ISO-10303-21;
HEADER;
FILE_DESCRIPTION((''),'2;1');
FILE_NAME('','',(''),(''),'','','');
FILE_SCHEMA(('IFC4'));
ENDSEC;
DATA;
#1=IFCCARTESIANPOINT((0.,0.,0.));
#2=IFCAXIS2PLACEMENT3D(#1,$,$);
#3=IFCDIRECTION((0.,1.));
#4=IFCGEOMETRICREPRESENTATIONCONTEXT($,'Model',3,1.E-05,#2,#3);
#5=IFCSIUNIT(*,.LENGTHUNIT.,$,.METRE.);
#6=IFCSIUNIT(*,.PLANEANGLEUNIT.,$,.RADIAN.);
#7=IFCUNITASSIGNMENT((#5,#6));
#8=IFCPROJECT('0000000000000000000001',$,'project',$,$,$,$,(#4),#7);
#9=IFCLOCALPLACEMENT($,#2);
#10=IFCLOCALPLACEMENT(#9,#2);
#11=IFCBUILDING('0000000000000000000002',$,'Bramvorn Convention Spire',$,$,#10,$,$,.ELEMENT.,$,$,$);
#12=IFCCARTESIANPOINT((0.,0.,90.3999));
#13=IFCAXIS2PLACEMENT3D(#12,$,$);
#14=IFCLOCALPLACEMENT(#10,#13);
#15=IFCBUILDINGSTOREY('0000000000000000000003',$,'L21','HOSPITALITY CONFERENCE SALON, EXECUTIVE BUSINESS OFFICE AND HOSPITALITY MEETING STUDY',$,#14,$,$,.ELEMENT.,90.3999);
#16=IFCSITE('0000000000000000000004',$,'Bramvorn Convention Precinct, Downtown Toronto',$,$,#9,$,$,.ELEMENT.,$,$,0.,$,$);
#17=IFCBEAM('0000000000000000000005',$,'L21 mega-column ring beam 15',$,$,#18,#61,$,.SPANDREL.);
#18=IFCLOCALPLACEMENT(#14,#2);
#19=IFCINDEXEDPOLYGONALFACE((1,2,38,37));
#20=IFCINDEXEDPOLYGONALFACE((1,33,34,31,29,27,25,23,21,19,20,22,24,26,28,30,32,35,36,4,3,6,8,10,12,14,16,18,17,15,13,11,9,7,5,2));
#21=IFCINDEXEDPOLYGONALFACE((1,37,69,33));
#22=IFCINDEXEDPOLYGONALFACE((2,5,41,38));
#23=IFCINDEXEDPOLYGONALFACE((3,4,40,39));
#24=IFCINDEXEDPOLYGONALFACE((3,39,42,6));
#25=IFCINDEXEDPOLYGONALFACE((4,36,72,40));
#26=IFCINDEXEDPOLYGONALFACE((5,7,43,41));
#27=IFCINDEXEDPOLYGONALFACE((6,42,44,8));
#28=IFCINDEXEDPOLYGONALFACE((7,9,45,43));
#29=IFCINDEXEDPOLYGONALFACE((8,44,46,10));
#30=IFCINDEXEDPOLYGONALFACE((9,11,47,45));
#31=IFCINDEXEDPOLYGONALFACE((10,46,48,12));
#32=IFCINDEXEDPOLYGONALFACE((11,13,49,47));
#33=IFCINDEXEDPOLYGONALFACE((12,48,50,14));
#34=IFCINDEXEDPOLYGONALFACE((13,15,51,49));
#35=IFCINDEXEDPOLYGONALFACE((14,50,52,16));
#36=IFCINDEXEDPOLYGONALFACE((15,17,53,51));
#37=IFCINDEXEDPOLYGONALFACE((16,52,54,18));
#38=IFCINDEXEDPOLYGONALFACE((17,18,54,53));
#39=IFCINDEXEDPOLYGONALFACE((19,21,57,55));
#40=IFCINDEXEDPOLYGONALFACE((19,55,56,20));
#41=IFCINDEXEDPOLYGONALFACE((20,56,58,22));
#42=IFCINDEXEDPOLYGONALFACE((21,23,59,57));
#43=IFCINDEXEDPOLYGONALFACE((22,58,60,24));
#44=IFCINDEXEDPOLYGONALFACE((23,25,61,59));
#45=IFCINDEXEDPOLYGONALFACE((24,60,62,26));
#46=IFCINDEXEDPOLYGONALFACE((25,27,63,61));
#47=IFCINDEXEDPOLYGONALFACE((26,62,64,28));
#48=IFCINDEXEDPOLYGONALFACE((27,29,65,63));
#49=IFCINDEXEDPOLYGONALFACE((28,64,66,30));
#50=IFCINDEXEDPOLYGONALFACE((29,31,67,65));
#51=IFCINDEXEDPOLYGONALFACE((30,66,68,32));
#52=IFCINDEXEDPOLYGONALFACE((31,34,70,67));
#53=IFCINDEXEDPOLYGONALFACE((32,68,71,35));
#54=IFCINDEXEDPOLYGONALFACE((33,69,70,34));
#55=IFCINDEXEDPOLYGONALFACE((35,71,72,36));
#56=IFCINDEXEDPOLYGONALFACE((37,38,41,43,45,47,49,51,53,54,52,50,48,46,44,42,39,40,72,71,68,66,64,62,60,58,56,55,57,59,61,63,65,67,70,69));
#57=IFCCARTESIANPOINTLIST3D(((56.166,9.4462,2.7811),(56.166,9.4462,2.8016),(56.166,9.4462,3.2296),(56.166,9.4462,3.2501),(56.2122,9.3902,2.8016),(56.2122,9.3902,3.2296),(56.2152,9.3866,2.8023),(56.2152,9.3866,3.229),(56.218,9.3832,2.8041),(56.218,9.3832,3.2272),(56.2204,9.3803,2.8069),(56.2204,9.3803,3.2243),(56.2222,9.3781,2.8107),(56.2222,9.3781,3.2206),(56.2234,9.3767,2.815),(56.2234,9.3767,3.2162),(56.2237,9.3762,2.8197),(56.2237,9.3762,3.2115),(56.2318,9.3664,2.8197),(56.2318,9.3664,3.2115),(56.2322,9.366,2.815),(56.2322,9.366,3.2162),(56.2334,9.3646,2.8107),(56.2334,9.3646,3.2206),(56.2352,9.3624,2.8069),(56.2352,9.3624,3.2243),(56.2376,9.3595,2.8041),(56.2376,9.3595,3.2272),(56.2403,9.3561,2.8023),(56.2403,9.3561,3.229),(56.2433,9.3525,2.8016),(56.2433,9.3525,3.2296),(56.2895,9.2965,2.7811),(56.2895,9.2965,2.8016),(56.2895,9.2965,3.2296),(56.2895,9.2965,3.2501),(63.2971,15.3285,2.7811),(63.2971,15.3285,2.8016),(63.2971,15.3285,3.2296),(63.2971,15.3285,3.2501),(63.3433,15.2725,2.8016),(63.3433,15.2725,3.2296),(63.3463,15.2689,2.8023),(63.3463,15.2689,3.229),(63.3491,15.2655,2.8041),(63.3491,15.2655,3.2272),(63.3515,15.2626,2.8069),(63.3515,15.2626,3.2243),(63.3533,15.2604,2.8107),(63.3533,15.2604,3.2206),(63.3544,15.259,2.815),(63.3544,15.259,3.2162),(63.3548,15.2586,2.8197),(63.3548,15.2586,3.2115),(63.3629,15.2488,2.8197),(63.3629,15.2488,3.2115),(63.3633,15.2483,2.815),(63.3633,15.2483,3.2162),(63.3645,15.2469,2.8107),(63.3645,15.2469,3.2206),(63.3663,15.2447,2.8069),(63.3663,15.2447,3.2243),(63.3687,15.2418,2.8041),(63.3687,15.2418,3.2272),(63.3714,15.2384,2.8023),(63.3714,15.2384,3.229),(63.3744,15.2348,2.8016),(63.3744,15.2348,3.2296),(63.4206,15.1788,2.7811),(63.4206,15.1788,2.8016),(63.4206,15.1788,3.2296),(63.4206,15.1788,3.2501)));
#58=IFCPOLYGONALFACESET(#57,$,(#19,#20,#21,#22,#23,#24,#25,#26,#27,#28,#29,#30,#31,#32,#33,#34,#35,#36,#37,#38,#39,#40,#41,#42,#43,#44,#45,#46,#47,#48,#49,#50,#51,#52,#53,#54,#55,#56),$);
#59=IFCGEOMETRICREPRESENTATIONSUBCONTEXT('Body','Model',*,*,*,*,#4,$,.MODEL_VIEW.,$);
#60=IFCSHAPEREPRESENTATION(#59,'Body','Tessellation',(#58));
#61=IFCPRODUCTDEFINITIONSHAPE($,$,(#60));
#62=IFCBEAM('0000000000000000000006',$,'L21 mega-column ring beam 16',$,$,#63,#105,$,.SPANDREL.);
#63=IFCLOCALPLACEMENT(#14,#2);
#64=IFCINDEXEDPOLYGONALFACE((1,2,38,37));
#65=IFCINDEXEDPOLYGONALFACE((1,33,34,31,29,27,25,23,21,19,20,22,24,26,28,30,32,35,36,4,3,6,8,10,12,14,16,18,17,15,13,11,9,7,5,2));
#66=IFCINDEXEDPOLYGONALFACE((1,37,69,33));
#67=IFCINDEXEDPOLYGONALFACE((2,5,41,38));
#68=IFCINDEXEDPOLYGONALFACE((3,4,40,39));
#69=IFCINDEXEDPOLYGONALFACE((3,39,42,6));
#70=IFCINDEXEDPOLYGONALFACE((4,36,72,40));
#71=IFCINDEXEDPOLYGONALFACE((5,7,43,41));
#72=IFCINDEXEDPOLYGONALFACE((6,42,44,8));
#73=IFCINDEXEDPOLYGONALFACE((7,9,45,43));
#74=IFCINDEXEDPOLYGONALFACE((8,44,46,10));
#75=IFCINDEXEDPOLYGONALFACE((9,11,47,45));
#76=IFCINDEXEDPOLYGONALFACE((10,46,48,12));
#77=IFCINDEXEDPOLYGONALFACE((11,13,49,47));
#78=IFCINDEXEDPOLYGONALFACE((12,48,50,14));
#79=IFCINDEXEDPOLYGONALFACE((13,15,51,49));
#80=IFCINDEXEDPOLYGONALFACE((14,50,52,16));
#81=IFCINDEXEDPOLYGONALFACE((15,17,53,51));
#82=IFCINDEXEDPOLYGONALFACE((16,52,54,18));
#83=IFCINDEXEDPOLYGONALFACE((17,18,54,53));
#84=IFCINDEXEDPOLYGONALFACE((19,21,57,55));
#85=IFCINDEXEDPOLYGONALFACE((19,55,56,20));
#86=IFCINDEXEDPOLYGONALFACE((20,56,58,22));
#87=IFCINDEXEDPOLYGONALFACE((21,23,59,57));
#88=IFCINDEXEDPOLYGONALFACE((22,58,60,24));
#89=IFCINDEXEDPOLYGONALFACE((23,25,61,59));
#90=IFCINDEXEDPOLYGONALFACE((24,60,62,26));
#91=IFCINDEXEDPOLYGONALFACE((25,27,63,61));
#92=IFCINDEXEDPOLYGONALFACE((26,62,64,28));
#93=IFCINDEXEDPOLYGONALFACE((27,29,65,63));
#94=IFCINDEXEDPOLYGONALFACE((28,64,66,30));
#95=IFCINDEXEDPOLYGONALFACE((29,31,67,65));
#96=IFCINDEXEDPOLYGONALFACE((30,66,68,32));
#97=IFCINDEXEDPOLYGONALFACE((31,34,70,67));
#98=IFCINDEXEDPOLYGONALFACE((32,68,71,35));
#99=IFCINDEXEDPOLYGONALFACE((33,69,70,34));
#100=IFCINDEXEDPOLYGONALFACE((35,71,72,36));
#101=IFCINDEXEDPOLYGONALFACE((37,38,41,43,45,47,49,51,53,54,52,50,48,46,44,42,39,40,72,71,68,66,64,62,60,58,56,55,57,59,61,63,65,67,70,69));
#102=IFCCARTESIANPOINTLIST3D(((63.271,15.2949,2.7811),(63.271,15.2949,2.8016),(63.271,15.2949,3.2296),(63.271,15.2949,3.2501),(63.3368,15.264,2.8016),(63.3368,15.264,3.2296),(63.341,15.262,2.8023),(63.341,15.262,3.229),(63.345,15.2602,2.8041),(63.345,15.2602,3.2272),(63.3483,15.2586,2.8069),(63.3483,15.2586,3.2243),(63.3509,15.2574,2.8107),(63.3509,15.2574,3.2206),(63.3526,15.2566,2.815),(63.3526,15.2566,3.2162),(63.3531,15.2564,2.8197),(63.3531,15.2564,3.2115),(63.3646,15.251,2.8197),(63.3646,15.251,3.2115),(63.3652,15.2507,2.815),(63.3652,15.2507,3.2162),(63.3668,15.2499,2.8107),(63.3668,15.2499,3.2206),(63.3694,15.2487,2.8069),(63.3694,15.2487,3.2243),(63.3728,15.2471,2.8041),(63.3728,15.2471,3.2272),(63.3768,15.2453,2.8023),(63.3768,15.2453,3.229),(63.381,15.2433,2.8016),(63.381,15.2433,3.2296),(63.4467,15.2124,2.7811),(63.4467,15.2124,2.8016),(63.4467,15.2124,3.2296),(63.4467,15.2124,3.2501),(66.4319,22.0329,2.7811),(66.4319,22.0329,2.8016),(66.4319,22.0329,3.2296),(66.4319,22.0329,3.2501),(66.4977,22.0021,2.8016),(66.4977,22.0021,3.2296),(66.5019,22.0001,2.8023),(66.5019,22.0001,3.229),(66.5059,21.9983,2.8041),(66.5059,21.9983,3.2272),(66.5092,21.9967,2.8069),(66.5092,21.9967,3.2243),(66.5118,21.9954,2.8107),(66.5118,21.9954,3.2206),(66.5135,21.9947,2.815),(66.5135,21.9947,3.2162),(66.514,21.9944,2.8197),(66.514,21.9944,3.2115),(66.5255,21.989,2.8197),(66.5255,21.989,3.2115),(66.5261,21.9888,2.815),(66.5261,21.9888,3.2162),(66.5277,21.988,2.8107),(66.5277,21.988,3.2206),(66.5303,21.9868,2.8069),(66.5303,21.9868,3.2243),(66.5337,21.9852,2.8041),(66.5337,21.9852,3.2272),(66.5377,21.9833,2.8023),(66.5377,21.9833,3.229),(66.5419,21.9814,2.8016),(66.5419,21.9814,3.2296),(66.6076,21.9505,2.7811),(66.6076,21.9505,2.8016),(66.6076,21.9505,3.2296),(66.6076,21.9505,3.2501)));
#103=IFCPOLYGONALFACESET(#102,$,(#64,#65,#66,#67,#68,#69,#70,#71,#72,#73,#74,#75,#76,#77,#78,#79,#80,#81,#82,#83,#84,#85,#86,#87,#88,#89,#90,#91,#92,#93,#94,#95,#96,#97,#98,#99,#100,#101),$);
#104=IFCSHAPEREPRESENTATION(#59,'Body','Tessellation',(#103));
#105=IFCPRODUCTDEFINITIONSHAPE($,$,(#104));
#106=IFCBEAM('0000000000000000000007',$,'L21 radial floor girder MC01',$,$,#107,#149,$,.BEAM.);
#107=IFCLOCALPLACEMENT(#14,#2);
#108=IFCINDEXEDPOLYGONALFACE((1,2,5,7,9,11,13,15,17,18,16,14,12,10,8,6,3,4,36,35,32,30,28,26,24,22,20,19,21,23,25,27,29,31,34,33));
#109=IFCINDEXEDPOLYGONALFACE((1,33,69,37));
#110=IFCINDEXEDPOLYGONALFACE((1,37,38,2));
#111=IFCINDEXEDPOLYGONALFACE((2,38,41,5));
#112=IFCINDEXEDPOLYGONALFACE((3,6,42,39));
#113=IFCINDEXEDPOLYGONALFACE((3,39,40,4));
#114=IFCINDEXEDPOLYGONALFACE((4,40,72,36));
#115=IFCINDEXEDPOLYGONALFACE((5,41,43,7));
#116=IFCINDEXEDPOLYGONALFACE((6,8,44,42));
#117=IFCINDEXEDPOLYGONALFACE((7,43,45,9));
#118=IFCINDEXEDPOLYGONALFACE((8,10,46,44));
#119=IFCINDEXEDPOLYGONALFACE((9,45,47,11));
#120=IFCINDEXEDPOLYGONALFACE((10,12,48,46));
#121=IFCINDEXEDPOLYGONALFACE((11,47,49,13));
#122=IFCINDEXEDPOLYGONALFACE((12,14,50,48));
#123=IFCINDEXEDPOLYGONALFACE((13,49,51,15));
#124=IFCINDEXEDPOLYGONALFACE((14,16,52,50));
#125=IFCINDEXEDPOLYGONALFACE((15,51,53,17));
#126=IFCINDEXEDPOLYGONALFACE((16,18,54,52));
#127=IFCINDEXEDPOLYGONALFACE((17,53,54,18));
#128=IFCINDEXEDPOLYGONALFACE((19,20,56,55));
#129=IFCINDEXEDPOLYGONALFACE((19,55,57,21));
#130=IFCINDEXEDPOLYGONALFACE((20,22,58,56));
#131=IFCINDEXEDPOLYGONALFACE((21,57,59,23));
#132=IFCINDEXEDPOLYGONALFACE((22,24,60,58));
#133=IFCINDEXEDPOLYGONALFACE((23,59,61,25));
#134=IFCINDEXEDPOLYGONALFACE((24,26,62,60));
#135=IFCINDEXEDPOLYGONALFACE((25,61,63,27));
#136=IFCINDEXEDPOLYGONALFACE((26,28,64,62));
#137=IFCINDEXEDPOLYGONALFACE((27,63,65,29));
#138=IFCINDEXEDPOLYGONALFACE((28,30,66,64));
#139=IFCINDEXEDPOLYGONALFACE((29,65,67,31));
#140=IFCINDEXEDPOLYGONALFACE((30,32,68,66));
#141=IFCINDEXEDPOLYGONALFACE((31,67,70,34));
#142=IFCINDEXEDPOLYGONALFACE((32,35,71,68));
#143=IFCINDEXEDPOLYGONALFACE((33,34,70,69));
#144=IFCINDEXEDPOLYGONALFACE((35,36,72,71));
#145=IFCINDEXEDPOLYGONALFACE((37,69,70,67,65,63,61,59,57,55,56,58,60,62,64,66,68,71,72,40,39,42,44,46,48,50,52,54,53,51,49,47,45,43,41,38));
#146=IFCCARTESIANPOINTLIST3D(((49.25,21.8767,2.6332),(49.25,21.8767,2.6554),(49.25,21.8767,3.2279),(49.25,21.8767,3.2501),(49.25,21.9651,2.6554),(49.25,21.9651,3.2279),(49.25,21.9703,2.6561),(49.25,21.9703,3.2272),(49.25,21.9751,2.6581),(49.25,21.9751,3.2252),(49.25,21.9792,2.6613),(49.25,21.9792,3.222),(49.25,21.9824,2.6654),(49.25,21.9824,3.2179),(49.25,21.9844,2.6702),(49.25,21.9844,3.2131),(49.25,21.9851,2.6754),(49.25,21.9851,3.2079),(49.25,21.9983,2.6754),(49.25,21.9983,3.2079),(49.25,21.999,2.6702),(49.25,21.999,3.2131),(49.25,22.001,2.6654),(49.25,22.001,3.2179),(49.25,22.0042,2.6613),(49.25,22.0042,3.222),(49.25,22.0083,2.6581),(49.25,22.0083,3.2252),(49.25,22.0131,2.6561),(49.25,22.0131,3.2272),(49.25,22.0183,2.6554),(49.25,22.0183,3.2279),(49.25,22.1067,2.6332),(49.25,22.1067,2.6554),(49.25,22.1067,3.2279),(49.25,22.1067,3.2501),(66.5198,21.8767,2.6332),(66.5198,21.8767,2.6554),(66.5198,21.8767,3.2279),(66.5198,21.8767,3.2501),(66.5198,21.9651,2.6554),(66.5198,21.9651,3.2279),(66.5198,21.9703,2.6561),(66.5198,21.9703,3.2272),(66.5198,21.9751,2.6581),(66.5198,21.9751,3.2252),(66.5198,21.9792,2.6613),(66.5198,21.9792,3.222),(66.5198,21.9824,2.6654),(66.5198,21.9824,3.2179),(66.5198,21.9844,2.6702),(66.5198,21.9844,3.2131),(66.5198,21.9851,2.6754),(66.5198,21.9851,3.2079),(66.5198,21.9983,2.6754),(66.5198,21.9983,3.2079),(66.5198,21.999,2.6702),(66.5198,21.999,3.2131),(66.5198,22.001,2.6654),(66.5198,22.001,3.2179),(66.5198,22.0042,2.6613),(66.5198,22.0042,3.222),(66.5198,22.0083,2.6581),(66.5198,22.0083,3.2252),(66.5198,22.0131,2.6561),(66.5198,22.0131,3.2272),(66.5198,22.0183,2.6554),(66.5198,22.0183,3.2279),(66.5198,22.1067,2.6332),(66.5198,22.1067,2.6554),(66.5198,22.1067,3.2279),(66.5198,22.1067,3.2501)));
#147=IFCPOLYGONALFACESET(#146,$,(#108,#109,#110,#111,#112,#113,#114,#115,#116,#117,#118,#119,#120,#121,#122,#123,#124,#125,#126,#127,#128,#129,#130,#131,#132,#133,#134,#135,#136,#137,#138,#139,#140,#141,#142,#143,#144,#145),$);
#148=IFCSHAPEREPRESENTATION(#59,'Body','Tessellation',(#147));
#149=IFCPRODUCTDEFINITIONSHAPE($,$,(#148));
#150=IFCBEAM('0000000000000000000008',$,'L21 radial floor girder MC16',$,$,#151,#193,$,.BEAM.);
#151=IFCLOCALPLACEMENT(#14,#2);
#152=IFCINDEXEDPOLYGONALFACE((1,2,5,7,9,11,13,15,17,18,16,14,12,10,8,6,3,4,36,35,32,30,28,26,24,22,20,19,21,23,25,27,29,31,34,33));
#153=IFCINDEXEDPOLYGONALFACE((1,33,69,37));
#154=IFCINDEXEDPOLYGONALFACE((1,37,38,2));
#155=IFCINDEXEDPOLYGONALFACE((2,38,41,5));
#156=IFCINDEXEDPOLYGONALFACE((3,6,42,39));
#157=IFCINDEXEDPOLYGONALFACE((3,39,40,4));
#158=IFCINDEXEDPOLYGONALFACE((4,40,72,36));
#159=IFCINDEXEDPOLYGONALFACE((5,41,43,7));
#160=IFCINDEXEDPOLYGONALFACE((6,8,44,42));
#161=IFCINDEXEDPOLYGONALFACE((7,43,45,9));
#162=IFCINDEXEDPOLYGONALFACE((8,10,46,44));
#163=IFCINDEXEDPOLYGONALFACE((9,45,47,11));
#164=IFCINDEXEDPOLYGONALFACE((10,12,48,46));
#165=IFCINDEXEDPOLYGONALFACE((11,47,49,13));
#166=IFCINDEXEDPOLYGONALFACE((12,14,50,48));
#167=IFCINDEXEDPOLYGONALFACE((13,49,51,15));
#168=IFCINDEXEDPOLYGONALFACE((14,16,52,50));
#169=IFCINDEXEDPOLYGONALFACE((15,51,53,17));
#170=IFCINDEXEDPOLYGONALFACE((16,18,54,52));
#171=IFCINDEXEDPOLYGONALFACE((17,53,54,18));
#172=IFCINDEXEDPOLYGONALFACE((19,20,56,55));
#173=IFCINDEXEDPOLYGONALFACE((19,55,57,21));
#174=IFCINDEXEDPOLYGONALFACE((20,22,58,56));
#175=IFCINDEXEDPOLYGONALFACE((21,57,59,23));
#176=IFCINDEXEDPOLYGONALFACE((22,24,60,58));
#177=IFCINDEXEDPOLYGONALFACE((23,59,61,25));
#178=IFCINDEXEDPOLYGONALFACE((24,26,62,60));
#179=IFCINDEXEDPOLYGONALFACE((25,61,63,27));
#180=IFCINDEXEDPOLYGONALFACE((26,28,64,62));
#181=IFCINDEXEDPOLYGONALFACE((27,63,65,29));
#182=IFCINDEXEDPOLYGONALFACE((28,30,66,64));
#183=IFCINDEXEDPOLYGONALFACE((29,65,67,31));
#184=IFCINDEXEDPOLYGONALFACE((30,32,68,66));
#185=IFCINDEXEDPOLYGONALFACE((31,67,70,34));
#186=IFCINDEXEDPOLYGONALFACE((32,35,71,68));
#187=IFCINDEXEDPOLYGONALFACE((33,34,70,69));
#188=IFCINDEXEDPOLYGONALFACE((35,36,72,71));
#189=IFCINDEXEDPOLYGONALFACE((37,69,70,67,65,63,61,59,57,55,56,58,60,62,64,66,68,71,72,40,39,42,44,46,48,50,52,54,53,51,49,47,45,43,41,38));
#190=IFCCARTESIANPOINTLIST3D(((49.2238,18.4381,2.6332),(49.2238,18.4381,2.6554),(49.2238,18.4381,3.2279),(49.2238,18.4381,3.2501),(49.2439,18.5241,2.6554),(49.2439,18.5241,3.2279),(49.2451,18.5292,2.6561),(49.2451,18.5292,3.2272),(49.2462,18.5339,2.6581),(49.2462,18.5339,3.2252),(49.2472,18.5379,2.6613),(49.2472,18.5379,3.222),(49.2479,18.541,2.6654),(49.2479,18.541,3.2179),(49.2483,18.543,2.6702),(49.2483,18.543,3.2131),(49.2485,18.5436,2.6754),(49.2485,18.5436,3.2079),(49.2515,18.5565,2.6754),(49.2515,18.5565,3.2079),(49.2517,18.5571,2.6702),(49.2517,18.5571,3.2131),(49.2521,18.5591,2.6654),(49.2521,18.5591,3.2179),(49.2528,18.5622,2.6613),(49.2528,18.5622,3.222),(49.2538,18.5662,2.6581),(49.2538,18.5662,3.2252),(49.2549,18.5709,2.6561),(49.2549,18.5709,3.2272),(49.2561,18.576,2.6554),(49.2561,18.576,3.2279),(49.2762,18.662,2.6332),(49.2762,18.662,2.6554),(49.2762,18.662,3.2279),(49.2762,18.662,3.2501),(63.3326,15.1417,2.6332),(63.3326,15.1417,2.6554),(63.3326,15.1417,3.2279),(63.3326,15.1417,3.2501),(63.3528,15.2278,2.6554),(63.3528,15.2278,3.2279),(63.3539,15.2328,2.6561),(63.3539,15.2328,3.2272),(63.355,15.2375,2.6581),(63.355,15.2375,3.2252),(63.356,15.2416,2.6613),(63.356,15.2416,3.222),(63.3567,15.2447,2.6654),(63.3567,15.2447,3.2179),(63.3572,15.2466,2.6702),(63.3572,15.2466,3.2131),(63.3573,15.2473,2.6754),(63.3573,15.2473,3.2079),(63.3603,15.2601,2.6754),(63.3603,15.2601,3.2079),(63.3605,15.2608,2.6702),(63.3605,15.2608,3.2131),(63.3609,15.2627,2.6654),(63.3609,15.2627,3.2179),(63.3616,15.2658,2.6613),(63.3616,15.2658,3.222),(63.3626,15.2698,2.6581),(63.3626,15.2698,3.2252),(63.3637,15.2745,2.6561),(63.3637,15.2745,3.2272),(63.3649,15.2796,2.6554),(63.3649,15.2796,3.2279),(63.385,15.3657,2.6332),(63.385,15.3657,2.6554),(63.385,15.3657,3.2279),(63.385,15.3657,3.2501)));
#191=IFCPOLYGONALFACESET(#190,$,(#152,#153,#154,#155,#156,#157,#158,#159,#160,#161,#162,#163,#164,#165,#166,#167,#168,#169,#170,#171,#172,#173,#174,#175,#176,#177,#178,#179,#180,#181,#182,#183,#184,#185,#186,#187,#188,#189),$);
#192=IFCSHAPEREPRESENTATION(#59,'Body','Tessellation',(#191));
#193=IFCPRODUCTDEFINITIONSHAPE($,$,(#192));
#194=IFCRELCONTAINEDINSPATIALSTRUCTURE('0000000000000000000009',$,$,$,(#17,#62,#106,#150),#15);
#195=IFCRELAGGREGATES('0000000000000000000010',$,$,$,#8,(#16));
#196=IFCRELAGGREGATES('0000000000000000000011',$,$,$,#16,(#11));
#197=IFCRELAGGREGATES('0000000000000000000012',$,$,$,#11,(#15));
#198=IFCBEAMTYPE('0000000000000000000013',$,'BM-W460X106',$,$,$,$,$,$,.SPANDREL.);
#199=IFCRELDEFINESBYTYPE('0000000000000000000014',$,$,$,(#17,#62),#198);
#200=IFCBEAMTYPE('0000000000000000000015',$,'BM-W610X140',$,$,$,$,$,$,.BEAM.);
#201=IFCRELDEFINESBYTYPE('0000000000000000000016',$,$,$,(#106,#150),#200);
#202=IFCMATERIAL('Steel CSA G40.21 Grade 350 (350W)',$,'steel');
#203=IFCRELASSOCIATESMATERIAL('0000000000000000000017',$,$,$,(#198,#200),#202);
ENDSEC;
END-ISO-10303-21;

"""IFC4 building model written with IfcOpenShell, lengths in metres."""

from ifc_helpers import new_model, si_unit, direction, frame, origin, origin_2d, place, context, subcontext, project, spatial, i_section, extrude, material, material_profile, profile_set, type_object, element, save


model = new_model("IFC4")

# Units and contexts
model_context = context("Model", 3, precision=1e-05, world=origin(), true_north=direction((0.0, 1.0)))
body_context = subcontext(model_context, "Body", "Model", "MODEL_VIEW")
ifc_project = project(units=[si_unit("LENGTHUNIT", "METRE"), si_unit("PLANEANGLEUNIT", "RADIAN")], contexts=[model_context])

# Site, building, storey
site_placement = place(None, origin())
site = spatial("IfcSite", under=ifc_project, at=site_placement, Name="Bramvorn Convention Precinct, Downtown Toronto", CompositionType="ELEMENT", RefElevation=0.0)
building_placement = place(site_placement, origin())
building = spatial("IfcBuilding", under=site, at=building_placement, Name="Bramvorn Convention Spire", CompositionType="ELEMENT")
storey_placement = place(building_placement, frame((0.0, 0.0, 90.3999)))
storey = spatial("IfcBuildingStorey", under=building, at=storey_placement, Name="L21", Description="HOSPITALITY CONFERENCE SALON, EXECUTIVE BUSINESS OFFICE AND HOSPITALITY MEETING STUDY", CompositionType="ELEMENT", Elevation=90.3999)

# Shared definitions
ifc_material_1 = material(Name="Steel CSA G40.21 Grade 350 (350W)", Category="steel")

# Beams
ifc_material_profile_1 = material_profile(ifc_material_1, i_section(OverallWidth=0.1941, OverallDepth=0.469, WebThickness=0.0127, FlangeThickness=0.0205, FilletRadius=0.0181, at=origin_2d()))
ifc_profile_set_1 = profile_set([ifc_material_profile_1], Name="Steel CSA G40.21 Grade 350 (350W) - W460X106")
beam_type_1 = type_object("IfcBeamType", Name="BM-W460X106", PredefinedType="SPANDREL", material=ifc_profile_set_1)
beam_1_placement = place(storey_placement, frame((56.2278, 9.3713, 3.0156), z_axis=(0.771418, 0.636329, 0.0), x_axis=(-0.636329, 0.771418, 0.0)))
element("IfcBeam", 1, at=beam_1_placement, inside=storey, type_object=beam_type_1, Name="L21 mega-column ring beam 15", PredefinedType="SPANDREL", context=body_context, shape_type="SweptSolid", body=[
    extrude(i_section(OverallWidth=0.1941, OverallDepth=0.469, WebThickness=0.0127, FlangeThickness=0.0205, FilletRadius=0.0181, at=origin_2d()), origin(), (0.0, 0.0, 1.0), 9.2441),
])
beam_2_placement = place(storey_placement, frame((63.3589, 15.2537, 3.0156), z_axis=(0.424702, 0.905333, 0.0), x_axis=(-0.905333, 0.424702, 0.0)))
element("IfcBeam", 2, at=beam_2_placement, inside=storey, type_object=beam_type_1, Name="L21 mega-column ring beam 16", PredefinedType="SPANDREL", context=body_context, shape_type="SweptSolid", body=[
    extrude(i_section(OverallWidth=0.1941, OverallDepth=0.469, WebThickness=0.0127, FlangeThickness=0.0205, FilletRadius=0.0181, at=origin_2d()), origin(), (0.0, 0.0, 1.0), 7.4426),
])
ifc_material_profile_2 = material_profile(ifc_material_1, i_section(OverallWidth=0.23, OverallDepth=0.6169, WebThickness=0.0132, FlangeThickness=0.0222, FilletRadius=0.02, at=origin_2d()))
ifc_profile_set_2 = profile_set([ifc_material_profile_2], Name="Steel CSA G40.21 Grade 350 (350W) - W610X140")
beam_type_2 = type_object("IfcBeamType", Name="BM-W610X140", PredefinedType="BEAM", material=ifc_profile_set_2)
beam_3_placement = place(storey_placement, frame((49.25, 21.9917, 2.9417), z_axis=(1.0, 0.0, 0.0), x_axis=(0.0, 1.0, 0.0)))
element("IfcBeam", 3, at=beam_3_placement, inside=storey, type_object=beam_type_2, Name="L21 radial floor girder MC01", PredefinedType="BEAM", context=body_context, shape_type="SweptSolid", body=[
    extrude(i_section(OverallWidth=0.23, OverallDepth=0.6169, WebThickness=0.0132, FlangeThickness=0.0222, FilletRadius=0.02, at=origin_2d()), origin(), (0.0, 0.0, 1.0), 17.2698),
])
beam_4_placement = place(storey_placement, frame((49.25, 18.55, 2.9417), z_axis=(0.973775, -0.227512, 0.0), x_axis=(0.227512, 0.973775, 0.0)))
element("IfcBeam", 4, at=beam_4_placement, inside=storey, type_object=beam_type_2, Name="L21 radial floor girder MC16", PredefinedType="BEAM", context=body_context, shape_type="SweptSolid", body=[
    extrude(i_section(OverallWidth=0.23, OverallDepth=0.6169, WebThickness=0.0132, FlangeThickness=0.0222, FilletRadius=0.02, at=origin_2d()), origin(), (0.0, 0.0, 1.0), 14.4888),
])

save(model, "model.ifc")
